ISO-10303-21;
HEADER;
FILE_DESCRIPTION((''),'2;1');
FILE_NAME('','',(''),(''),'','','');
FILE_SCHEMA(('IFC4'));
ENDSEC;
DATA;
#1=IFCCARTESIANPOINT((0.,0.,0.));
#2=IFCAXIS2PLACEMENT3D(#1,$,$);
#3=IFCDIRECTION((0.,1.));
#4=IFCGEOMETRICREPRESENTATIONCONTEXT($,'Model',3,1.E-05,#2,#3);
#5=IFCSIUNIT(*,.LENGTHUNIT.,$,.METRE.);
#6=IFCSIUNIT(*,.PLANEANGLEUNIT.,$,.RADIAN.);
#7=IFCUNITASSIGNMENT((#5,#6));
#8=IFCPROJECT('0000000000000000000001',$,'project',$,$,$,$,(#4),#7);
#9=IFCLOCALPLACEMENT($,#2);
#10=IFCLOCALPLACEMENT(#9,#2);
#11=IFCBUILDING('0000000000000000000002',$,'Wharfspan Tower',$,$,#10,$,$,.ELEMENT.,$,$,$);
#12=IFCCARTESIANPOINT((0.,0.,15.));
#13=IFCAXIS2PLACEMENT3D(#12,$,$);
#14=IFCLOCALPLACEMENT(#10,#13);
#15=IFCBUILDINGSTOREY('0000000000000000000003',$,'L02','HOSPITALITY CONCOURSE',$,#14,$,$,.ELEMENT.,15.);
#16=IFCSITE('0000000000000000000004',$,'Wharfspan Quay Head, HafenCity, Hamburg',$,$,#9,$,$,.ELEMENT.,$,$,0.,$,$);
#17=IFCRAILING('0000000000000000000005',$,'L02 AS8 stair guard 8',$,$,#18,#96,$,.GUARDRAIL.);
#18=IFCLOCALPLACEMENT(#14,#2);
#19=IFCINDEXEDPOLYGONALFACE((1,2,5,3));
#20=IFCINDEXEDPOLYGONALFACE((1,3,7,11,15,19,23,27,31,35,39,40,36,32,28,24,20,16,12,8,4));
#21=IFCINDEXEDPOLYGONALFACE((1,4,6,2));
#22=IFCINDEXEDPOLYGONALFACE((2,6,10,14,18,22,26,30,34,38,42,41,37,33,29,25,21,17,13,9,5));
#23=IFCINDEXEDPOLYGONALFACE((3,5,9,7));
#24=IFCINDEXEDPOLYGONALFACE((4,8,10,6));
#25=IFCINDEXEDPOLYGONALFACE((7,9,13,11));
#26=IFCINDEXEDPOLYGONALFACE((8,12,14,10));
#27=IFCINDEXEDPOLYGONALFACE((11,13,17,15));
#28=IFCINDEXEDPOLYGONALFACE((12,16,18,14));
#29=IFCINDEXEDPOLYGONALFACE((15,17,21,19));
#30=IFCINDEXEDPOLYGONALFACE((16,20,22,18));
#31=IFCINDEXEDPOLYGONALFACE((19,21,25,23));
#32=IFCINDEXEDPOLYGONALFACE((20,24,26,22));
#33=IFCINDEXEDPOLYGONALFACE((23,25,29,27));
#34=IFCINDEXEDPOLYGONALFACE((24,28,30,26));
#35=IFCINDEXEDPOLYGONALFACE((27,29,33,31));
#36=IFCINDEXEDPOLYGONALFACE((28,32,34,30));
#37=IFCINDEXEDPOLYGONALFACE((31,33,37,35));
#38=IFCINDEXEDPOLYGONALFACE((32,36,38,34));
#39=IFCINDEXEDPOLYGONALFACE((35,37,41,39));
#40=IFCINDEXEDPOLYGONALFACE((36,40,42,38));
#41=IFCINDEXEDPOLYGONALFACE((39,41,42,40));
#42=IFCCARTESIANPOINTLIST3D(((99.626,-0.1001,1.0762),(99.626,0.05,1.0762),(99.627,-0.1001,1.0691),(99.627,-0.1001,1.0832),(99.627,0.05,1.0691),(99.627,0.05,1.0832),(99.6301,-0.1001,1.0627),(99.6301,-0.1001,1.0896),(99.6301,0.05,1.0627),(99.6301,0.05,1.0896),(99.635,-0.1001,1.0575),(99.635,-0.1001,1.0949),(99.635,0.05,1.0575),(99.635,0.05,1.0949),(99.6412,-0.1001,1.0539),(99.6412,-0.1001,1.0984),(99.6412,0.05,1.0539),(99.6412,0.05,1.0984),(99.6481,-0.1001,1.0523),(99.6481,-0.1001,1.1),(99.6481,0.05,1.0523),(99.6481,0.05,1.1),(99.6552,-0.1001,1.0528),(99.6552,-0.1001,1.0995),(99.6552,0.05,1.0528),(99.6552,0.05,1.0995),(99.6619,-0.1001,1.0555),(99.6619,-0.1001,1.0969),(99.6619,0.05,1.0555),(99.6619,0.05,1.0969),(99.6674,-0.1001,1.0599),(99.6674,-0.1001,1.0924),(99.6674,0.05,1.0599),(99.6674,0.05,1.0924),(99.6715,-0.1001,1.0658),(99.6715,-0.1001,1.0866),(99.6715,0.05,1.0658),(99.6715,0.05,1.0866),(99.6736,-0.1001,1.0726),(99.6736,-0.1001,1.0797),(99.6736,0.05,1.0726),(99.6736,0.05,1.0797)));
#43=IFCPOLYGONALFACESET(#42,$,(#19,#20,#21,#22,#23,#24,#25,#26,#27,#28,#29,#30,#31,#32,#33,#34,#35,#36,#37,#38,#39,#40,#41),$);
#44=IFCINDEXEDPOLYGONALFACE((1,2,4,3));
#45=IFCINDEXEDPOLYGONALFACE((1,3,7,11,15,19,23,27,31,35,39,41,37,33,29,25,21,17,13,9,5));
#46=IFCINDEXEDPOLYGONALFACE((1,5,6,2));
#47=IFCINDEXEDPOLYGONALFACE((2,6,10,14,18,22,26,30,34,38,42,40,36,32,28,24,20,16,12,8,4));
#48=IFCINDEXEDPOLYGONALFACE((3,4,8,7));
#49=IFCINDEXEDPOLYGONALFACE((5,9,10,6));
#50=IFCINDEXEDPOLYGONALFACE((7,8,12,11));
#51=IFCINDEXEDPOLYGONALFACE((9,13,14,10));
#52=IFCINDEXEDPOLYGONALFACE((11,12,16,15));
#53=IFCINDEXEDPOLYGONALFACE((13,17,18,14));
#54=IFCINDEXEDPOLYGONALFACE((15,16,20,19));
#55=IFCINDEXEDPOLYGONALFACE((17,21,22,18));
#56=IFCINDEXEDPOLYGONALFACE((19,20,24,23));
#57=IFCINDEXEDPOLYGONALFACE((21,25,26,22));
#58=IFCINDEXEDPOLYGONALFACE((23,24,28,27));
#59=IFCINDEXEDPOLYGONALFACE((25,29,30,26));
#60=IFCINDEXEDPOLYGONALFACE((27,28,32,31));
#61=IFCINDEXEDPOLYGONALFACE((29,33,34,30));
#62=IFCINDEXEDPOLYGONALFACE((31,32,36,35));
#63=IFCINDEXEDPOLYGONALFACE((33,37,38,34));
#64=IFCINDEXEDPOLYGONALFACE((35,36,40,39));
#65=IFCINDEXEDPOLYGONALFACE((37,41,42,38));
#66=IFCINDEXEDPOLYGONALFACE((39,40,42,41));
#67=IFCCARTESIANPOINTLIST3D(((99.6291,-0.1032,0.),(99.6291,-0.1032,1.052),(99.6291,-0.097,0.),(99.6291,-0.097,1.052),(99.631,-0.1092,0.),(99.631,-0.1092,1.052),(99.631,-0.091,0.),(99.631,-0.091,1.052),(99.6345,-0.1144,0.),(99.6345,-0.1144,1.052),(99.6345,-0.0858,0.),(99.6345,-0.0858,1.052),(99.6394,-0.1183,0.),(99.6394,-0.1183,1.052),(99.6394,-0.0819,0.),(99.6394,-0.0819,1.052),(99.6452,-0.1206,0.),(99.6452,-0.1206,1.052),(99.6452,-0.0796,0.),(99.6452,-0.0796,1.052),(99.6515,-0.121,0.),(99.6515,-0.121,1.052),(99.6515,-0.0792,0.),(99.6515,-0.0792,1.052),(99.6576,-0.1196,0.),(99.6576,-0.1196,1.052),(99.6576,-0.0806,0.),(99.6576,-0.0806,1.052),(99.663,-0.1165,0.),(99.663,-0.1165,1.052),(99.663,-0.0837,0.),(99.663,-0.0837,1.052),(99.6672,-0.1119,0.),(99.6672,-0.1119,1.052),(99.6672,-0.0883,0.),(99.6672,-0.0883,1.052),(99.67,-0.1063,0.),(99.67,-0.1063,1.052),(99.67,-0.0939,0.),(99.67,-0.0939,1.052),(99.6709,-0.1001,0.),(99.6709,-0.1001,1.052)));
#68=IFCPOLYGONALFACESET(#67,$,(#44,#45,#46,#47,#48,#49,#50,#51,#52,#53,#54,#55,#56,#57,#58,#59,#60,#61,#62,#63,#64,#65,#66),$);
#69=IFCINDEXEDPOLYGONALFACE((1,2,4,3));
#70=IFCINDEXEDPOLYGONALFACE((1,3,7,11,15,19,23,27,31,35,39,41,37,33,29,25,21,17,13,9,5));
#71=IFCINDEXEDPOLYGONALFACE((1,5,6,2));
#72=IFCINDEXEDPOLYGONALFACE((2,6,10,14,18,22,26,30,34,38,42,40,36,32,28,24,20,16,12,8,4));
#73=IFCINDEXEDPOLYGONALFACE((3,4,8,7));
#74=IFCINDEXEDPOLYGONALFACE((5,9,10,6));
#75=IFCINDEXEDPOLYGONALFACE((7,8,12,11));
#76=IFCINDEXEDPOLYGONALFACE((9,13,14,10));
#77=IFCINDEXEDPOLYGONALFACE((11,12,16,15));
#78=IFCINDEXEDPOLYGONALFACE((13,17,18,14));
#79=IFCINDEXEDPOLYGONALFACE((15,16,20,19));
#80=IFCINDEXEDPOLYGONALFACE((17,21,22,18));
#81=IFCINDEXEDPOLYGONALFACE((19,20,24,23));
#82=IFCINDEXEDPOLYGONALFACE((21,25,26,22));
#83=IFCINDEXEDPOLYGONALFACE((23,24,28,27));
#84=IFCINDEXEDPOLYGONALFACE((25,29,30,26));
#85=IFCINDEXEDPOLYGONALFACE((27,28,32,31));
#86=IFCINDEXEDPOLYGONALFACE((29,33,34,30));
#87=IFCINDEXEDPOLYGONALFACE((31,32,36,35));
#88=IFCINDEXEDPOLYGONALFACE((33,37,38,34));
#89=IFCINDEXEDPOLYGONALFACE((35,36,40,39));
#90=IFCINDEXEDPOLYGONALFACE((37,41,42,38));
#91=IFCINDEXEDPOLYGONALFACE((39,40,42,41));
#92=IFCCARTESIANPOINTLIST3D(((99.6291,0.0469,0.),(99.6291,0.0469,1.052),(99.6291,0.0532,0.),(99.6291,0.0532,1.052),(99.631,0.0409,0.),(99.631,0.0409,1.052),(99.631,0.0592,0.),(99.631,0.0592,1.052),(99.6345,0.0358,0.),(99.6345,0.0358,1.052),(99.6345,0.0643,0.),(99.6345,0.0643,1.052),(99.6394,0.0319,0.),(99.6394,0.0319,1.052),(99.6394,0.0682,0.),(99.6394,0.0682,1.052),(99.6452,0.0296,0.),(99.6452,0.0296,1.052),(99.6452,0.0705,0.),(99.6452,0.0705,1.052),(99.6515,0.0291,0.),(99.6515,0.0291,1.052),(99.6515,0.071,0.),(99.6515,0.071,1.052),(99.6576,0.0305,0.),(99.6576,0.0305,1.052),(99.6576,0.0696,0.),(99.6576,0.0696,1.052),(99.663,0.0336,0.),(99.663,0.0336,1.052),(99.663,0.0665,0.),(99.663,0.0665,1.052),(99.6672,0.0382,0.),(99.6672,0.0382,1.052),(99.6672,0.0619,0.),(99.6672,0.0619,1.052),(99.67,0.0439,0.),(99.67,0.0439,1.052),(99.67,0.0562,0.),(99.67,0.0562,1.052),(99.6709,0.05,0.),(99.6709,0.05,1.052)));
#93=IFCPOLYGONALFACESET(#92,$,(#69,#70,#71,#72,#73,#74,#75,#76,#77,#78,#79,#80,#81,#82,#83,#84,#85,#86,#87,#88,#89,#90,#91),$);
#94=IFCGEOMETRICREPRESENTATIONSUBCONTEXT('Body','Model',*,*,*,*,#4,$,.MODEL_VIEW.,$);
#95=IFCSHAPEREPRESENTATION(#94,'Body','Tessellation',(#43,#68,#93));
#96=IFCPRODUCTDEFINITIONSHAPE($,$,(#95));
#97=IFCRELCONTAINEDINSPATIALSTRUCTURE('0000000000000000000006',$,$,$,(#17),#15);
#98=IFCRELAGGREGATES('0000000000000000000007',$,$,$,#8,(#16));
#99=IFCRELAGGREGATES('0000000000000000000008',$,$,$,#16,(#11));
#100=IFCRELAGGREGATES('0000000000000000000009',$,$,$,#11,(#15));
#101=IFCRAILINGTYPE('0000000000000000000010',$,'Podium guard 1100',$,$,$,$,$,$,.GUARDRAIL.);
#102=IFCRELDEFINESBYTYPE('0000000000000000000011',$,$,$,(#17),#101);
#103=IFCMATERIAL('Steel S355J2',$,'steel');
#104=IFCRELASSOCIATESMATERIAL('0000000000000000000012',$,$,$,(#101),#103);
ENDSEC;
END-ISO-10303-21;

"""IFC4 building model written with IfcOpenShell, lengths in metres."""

from ifc_helpers import new_model, si_unit, direction, frame, origin, origin_2d, place, context, subcontext, project, spatial, circle, extrude, material, type_object, element, save


model = new_model("IFC4")

# Units and contexts
model_context = context("Model", 3, precision=1e-05, world=origin(), true_north=direction((0.0, 1.0)))
body_context = subcontext(model_context, "Body", "Model", "MODEL_VIEW")
ifc_project = project(units=[si_unit("LENGTHUNIT", "METRE"), si_unit("PLANEANGLEUNIT", "RADIAN")], contexts=[model_context])

# Site, building, storey
site_placement = place(None, origin())
site = spatial("IfcSite", under=ifc_project, at=site_placement, Name="Wharfspan Quay Head, HafenCity, Hamburg", CompositionType="ELEMENT", RefElevation=0.0)
building_placement = place(site_placement, origin())
building = spatial("IfcBuilding", under=site, at=building_placement, Name="Wharfspan Tower", CompositionType="ELEMENT")
storey_placement = place(building_placement, frame((0.0, 0.0, 15.0)))
storey = spatial("IfcBuildingStorey", under=building, at=storey_placement, Name="L02", Description="HOSPITALITY CONCOURSE", CompositionType="ELEMENT", Elevation=15.0)

# Railing
ifc_material_1 = material(Name="Steel S355J2", Category="steel")
railing_type_1 = type_object("IfcRailingType", Name="Podium guard 1100", PredefinedType="GUARDRAIL", material=ifc_material_1)
railing_1_placement = place(storey_placement, frame((99.6499, -0.1001, 0.0)))
element("IfcRailing", 1, at=railing_1_placement, inside=storey, type_object=railing_type_1, Name="L02 AS8 stair guard 8", PredefinedType="GUARDRAIL", context=body_context, shape_type="SweptSolid", body=[
    extrude(circle(Radius=0.0239, at=origin_2d()), frame((0.0, 0.0, 1.0762), z_axis=(0.0, 1.0, 0.0), x_axis=(-1.0, 0.0, 0.0)), (0.0, 0.0, 1.0), 0.1501),
    extrude(circle(Radius=0.021, at=origin_2d()), origin(), (0.0, 0.0, 1.0), 1.052),
    extrude(circle(Radius=0.021, at=origin_2d()), frame((0.0, 0.1501, 0.0)), (0.0, 0.0, 1.0), 1.052),
])

save(model, "model.ifc")
